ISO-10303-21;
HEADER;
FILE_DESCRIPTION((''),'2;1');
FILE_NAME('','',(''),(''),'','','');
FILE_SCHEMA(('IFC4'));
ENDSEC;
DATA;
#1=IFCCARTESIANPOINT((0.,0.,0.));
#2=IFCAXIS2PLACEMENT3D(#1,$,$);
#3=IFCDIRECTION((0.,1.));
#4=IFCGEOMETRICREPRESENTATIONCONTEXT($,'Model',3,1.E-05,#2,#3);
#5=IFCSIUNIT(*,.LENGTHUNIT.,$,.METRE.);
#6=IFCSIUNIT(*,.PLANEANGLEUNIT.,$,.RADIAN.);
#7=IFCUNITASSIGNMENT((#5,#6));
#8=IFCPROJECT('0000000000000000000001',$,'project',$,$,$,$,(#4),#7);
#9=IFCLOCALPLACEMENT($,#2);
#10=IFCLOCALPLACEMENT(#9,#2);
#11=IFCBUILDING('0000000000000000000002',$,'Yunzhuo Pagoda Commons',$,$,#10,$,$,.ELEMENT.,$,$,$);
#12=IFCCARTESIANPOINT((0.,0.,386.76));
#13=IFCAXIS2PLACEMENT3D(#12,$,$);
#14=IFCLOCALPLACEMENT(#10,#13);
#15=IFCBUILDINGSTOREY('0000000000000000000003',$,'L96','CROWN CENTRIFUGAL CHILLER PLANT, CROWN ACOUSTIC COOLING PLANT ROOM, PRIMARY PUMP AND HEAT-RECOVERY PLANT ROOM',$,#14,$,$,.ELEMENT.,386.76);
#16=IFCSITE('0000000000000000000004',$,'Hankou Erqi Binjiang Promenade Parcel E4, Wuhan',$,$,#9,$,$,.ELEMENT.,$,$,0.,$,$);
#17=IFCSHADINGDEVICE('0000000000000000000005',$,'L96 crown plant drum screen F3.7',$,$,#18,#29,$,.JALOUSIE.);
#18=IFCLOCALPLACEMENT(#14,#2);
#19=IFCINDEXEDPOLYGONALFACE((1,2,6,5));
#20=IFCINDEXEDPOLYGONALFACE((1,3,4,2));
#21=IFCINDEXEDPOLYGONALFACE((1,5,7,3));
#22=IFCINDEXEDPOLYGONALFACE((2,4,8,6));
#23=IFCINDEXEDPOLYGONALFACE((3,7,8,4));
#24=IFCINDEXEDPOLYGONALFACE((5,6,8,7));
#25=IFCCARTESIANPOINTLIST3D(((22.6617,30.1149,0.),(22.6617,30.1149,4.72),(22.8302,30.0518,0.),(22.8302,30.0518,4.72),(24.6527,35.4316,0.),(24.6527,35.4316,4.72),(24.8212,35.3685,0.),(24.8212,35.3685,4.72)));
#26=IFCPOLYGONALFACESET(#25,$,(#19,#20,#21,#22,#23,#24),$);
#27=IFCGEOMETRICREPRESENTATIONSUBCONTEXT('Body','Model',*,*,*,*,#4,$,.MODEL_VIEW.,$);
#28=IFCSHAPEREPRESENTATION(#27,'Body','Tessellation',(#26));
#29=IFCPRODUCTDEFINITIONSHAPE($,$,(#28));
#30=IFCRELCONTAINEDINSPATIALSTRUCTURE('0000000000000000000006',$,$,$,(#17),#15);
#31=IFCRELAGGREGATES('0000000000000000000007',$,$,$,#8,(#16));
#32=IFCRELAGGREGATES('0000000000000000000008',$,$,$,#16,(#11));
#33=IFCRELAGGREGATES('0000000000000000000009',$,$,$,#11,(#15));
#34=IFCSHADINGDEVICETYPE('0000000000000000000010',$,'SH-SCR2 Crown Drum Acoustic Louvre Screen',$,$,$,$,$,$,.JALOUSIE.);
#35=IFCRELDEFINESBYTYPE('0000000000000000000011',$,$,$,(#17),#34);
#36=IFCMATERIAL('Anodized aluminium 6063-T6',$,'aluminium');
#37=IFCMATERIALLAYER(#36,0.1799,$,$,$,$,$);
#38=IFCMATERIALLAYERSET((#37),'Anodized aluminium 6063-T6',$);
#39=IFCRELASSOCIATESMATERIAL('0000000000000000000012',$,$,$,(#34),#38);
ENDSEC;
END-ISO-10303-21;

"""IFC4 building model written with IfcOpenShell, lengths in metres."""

from ifc_helpers import new_model, si_unit, direction, frame, origin, origin_2d, place, context, subcontext, project, spatial, rectangle, extrude, source, transform, mapped, material, layer, layer_set, type_object, element, save


model = new_model("IFC4")

# Units and contexts
model_context = context("Model", 3, precision=1e-05, world=origin(), true_north=direction((0.0, 1.0)))
body_context = subcontext(model_context, "Body", "Model", "MODEL_VIEW")
ifc_project = project(units=[si_unit("LENGTHUNIT", "METRE"), si_unit("PLANEANGLEUNIT", "RADIAN")], contexts=[model_context])

# Site, building, storey
site_placement = place(None, origin())
site = spatial("IfcSite", under=ifc_project, at=site_placement, Name="Hankou Erqi Binjiang Promenade Parcel E4, Wuhan", CompositionType="ELEMENT", RefElevation=0.0)
building_placement = place(site_placement, origin())
building = spatial("IfcBuilding", under=site, at=building_placement, Name="Yunzhuo Pagoda Commons", CompositionType="ELEMENT")
storey_placement = place(building_placement, frame((0.0, 0.0, 386.76)))
storey = spatial("IfcBuildingStorey", under=building, at=storey_placement, Name="L96", Description="CROWN CENTRIFUGAL CHILLER PLANT, CROWN ACOUSTIC COOLING PLANT ROOM, PRIMARY PUMP AND HEAT-RECOVERY PLANT ROOM", CompositionType="ELEMENT", Elevation=386.76)

# Shared definitions
ifc_material_1 = material(Name="Anodized aluminium 6063-T6", Category="aluminium")

# Shading device
ifc_layer_1 = layer(ifc_material_1, 0.1799)
ifc_layer_set_1 = layer_set([ifc_layer_1], Name="Anodized aluminium 6063-T6")
shading_device_type = type_object("IfcShadingDeviceType", Name="SH-SCR2 Crown Drum Acoustic Louvre Screen", PredefinedType="JALOUSIE", material=ifc_layer_set_1)
shared_shape_1 = source(origin(), body_context, "Body", "SweptSolid", [
    extrude(rectangle(XDim=5.6772, YDim=0.1799, at=origin_2d()), origin(), (0.0, 0.0, 1.0), 4.72),
])
shading_device_placement = place(storey_placement, frame((23.7415, 32.7417, 0.0), z_axis=(0.0, 0.0, 1.0), x_axis=(-0.350698, -0.936489, 0.0)))
element("IfcShadingDevice", 1, at=shading_device_placement, inside=storey, type_object=shading_device_type, Name="L96 crown plant drum screen F3.7", PredefinedType="JALOUSIE", context=body_context, shape_type="MappedRepresentation", body=[
    mapped(shared_shape_1, transform((0.0, 0.0, 0.0), scale=1.0)),
])

save(model, "model.ifc")
